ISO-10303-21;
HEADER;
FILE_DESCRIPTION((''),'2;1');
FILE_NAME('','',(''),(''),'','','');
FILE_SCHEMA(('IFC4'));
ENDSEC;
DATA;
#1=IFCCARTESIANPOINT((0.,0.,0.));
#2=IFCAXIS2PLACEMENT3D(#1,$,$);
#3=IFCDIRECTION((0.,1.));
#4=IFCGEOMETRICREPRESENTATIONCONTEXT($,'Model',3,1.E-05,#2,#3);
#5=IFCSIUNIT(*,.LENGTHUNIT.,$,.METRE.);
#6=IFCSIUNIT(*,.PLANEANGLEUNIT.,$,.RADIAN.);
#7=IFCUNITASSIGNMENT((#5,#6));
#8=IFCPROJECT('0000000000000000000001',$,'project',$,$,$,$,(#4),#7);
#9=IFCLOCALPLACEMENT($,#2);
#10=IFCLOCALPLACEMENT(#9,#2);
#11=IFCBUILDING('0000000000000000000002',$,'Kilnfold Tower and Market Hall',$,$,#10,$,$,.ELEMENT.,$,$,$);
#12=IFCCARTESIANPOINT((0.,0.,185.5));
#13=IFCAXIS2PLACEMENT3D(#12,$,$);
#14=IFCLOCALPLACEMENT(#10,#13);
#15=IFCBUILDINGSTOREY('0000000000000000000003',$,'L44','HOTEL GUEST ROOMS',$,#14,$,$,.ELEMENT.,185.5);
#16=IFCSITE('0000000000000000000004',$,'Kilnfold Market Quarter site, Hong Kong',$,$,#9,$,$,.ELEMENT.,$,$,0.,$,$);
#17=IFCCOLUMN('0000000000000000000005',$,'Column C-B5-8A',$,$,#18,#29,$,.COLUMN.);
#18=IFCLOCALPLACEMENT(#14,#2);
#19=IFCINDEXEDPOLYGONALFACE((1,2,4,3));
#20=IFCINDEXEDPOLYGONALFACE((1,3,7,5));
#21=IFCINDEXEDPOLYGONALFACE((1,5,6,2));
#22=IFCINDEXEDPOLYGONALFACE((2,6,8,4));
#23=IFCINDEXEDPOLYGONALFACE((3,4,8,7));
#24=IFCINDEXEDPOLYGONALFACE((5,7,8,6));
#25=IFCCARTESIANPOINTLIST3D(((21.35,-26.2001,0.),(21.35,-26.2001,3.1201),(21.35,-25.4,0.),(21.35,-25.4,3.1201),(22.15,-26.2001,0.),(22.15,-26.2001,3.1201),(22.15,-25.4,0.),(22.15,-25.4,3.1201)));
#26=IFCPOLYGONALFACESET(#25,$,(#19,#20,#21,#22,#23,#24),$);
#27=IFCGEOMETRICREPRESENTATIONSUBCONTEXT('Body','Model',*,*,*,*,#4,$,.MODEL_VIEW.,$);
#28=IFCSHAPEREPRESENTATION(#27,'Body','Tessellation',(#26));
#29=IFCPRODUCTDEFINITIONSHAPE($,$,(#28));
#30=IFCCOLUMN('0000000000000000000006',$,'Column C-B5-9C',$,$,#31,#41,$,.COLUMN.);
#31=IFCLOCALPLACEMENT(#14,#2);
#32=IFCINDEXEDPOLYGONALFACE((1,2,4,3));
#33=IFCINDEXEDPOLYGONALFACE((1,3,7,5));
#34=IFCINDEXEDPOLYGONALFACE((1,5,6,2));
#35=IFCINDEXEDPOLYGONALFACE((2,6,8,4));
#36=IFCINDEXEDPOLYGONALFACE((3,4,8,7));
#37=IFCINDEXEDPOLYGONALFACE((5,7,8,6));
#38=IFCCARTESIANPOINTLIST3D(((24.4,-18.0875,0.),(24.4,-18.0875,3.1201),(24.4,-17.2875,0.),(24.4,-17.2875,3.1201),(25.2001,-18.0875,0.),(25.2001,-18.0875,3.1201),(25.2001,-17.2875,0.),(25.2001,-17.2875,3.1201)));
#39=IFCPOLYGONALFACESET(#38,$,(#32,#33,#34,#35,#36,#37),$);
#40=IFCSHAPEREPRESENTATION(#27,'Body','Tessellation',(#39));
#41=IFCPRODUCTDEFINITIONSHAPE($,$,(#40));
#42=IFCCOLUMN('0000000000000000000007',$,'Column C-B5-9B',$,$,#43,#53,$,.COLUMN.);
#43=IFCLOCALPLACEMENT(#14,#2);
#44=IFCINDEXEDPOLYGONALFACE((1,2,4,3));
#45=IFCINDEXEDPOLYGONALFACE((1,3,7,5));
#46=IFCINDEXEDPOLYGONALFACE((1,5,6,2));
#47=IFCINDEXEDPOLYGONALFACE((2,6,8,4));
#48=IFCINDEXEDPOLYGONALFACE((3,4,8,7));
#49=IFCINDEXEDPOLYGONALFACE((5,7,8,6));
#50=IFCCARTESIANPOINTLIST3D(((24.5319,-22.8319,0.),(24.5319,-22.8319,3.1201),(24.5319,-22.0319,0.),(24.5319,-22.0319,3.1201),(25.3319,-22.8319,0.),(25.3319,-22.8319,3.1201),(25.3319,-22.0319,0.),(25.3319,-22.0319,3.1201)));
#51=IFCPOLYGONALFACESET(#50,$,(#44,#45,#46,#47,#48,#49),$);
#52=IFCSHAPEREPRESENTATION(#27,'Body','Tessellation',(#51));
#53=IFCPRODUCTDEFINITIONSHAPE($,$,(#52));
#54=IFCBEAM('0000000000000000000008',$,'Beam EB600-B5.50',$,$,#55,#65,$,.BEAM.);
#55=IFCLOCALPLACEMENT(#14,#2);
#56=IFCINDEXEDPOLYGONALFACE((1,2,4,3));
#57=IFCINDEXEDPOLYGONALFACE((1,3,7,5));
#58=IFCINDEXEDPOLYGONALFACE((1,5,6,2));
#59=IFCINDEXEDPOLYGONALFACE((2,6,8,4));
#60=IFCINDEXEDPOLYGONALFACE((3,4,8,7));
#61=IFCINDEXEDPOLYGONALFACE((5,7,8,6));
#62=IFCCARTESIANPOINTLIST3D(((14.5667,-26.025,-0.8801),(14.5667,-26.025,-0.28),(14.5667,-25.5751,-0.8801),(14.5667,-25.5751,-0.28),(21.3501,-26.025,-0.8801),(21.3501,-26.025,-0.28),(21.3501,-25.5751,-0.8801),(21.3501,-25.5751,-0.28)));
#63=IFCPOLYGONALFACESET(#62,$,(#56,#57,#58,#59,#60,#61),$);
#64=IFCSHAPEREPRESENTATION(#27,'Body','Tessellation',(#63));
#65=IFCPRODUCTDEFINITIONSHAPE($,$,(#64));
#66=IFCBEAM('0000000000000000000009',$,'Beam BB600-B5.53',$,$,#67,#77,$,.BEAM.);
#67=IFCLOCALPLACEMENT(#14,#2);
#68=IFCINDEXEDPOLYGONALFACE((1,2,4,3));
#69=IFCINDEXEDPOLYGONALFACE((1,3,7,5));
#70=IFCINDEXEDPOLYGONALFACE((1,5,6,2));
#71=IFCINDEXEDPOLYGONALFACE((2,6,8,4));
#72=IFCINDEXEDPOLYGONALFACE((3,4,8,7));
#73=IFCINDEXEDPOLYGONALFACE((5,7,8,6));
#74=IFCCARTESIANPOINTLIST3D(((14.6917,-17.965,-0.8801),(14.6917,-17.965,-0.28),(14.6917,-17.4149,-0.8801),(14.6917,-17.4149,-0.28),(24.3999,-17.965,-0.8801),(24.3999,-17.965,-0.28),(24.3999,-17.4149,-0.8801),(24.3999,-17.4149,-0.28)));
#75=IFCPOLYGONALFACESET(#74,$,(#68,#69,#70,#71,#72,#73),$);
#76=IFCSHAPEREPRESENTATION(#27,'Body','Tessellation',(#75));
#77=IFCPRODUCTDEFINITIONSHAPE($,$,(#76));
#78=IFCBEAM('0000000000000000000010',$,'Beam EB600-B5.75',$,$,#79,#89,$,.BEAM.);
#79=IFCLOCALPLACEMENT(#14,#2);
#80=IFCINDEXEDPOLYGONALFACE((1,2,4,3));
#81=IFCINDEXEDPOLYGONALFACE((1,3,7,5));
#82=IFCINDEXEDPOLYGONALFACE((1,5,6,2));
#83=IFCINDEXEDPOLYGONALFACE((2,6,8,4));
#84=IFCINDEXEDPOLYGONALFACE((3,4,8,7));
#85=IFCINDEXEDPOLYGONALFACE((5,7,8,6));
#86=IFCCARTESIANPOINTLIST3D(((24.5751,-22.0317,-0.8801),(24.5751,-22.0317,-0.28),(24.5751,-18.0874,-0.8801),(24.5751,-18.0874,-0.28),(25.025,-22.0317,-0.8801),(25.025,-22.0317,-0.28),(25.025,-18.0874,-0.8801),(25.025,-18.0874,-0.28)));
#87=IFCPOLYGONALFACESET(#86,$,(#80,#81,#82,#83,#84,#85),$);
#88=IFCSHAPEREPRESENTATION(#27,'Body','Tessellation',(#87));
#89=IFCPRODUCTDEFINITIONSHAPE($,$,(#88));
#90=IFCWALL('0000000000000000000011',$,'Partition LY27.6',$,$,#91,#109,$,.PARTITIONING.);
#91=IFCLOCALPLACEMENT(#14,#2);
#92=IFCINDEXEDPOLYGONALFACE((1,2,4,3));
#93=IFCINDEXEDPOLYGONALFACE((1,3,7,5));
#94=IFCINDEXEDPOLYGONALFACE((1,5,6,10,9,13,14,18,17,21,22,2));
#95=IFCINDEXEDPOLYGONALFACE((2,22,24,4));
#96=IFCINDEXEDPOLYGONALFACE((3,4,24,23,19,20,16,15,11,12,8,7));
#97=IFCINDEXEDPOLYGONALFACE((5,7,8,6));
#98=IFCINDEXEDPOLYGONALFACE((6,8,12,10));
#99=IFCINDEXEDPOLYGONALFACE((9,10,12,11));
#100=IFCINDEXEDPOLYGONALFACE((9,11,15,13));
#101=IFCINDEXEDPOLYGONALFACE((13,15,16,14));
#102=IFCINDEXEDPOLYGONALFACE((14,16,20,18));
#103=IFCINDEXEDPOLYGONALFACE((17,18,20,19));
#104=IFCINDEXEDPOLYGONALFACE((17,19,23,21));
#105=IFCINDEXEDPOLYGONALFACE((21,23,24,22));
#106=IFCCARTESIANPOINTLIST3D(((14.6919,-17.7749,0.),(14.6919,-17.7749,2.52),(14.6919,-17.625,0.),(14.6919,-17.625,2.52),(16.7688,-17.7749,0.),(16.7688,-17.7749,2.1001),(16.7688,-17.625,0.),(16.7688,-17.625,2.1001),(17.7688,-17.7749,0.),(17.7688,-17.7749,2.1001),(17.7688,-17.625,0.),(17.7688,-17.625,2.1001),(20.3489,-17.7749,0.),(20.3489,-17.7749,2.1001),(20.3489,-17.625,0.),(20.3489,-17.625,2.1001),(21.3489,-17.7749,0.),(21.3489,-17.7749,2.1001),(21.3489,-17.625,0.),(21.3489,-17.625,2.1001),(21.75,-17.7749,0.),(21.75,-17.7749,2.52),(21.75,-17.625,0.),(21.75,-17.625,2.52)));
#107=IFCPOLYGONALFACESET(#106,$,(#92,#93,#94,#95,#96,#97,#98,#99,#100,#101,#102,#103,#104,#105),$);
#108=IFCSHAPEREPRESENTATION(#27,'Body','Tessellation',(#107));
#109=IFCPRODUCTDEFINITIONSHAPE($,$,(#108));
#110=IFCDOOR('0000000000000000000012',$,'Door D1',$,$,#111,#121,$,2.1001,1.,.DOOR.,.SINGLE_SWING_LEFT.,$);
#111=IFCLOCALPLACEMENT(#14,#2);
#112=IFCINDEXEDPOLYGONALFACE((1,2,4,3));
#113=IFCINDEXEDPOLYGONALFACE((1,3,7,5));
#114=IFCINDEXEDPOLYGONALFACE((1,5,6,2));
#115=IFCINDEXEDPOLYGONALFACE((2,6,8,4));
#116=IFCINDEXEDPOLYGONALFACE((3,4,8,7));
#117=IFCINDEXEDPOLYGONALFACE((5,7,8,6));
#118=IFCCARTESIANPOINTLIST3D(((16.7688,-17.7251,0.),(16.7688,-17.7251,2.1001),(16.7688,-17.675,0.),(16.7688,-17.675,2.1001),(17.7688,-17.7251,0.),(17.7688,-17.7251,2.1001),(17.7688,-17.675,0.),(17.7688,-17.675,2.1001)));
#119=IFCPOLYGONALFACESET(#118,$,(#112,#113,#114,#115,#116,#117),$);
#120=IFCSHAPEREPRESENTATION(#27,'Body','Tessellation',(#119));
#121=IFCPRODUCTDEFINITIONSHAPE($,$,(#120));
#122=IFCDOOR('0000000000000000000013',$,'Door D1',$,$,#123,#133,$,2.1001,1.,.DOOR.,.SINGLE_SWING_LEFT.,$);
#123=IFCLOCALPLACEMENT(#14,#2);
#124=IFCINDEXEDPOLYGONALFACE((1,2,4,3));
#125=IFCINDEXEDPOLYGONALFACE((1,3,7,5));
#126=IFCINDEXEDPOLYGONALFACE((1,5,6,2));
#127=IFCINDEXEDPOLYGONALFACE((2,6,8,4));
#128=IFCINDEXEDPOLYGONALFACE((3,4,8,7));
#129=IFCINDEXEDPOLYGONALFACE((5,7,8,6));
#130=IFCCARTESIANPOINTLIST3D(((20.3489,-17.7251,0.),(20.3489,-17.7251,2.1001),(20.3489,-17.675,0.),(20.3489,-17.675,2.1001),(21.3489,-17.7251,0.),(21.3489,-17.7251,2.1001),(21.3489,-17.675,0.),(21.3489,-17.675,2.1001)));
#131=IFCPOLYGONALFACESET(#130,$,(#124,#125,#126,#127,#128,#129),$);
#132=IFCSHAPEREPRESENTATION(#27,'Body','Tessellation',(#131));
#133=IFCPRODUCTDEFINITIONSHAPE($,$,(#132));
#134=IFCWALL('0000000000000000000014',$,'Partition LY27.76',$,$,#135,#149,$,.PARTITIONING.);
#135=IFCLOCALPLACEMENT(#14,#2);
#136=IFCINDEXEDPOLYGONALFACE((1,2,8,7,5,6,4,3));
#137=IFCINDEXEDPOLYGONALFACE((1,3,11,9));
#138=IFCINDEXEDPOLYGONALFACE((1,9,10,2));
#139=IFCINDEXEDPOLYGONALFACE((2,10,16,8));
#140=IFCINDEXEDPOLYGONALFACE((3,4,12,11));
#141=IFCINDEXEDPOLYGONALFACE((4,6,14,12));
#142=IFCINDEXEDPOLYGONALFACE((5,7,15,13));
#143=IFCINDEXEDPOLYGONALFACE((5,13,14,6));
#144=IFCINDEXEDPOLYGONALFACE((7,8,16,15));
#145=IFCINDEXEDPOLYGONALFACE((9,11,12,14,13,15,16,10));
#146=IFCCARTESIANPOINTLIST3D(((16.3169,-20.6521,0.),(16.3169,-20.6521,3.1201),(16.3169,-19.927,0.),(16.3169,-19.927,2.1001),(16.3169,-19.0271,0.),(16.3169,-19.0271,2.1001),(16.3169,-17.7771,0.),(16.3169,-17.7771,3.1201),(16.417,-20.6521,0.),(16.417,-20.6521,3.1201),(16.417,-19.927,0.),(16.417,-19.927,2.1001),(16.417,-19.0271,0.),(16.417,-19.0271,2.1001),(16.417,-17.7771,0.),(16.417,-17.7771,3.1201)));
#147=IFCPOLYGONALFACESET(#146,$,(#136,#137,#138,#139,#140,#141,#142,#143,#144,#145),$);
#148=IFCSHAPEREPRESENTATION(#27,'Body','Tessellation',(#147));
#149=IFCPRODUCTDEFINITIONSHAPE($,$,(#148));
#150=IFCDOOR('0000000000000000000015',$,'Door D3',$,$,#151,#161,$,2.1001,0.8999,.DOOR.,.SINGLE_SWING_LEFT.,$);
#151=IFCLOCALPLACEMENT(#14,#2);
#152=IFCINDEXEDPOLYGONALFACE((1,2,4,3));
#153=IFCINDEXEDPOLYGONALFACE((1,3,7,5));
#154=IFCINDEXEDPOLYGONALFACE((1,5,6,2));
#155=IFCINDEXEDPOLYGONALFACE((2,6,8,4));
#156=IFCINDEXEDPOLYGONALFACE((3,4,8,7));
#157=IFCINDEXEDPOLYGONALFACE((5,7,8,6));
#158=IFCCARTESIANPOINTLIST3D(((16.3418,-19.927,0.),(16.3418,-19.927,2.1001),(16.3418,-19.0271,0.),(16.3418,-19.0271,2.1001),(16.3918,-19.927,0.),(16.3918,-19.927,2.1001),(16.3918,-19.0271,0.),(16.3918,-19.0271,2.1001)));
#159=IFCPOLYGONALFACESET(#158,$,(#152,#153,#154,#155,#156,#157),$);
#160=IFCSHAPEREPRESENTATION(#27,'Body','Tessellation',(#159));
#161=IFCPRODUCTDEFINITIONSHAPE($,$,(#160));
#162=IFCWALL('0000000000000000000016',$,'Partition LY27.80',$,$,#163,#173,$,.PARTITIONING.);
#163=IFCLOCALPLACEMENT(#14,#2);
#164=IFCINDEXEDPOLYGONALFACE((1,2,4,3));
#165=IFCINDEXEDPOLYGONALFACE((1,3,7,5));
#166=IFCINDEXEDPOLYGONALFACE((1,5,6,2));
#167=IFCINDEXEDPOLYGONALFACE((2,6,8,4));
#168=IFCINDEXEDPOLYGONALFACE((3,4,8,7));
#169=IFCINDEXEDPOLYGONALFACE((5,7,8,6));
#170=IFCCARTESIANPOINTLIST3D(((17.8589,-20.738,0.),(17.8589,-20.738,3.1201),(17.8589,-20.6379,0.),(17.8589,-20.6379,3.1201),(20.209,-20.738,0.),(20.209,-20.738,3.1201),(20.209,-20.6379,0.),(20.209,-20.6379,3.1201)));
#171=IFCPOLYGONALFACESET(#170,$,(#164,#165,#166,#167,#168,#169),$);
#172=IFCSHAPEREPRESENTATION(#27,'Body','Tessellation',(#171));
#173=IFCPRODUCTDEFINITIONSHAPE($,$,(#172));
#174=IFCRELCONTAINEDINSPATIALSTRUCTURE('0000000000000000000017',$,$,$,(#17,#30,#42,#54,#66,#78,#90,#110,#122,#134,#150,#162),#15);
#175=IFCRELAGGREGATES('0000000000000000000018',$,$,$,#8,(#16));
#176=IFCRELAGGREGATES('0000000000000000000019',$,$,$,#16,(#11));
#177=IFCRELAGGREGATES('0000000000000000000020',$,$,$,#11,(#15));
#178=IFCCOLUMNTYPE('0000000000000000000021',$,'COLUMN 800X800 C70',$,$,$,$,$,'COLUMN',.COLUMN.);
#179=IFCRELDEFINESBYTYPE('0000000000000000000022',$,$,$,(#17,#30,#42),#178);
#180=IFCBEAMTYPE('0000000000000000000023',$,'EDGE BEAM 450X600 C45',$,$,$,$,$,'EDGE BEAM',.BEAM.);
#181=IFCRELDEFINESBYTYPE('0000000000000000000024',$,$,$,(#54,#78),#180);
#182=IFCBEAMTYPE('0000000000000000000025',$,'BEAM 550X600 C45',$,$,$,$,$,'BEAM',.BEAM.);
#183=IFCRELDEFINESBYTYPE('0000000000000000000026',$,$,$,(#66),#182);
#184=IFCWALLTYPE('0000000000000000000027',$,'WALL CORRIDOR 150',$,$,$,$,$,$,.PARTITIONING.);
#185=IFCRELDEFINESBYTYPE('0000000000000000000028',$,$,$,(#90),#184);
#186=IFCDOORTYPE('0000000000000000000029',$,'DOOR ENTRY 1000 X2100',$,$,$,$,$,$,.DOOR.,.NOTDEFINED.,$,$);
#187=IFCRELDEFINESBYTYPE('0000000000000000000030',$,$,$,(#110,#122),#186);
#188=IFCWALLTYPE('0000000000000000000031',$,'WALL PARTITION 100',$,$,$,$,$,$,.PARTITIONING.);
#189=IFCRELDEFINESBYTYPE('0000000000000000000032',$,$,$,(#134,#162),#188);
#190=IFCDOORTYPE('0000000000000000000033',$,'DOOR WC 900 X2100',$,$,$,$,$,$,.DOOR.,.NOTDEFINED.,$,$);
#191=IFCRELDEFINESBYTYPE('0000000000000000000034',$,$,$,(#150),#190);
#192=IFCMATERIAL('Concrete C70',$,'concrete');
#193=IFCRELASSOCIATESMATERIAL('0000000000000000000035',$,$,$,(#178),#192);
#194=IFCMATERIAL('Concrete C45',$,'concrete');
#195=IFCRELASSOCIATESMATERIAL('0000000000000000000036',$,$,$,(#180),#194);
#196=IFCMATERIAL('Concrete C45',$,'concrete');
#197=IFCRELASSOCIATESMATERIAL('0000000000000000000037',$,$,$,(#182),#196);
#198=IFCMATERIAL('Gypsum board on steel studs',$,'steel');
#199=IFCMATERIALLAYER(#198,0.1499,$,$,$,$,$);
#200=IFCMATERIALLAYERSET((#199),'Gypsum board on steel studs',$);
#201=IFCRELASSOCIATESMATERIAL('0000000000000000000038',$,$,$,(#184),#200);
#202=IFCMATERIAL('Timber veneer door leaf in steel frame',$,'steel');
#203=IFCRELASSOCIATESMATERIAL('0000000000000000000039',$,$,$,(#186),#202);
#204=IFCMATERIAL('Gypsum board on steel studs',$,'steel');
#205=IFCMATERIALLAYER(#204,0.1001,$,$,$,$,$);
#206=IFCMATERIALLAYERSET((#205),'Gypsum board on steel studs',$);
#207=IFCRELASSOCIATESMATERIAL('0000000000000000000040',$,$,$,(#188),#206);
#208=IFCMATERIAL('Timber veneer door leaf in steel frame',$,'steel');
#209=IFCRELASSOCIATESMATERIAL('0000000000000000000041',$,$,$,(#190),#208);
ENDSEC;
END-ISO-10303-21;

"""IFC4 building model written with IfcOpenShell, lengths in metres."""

from ifc_helpers import new_model, si_unit, direction, frame, frame_2d, origin, origin_2d, place, context, subcontext, project, spatial, rectangle, extrude, source, transform, mapped, material, layer, layer_set, material_profile, profile_set, type_object, element, fill, save


model = new_model("IFC4")

# Units and contexts
model_context = context("Model", 3, precision=1e-05, world=origin(), true_north=direction((0.0, 1.0)))
body_context = subcontext(model_context, "Body", "Model", "MODEL_VIEW")
ifc_project = project(units=[si_unit("LENGTHUNIT", "METRE"), si_unit("PLANEANGLEUNIT", "RADIAN")], contexts=[model_context])

# Site, building, storey
site_placement = place(None, origin())
site = spatial("IfcSite", under=ifc_project, at=site_placement, Name="Kilnfold Market Quarter site, Hong Kong", CompositionType="ELEMENT", RefElevation=0.0)
building_placement = place(site_placement, origin())
building = spatial("IfcBuilding", under=site, at=building_placement, Name="Kilnfold Tower and Market Hall", CompositionType="ELEMENT")
storey_placement = place(building_placement, frame((0.0, 0.0, 185.5)))
storey = spatial("IfcBuildingStorey", under=building, at=storey_placement, Name="L44", Description="HOTEL GUEST ROOMS", CompositionType="ELEMENT", Elevation=185.5)

# Columns
ifc_material_1 = material(Name="Concrete C70", Category="concrete")
ifc_material_profile_1 = material_profile(ifc_material_1, rectangle(XDim=0.8, YDim=0.8, at=origin_2d()), Name="RC 800x800")
ifc_profile_set_1 = profile_set([ifc_material_profile_1], Name="Concrete C70")
column_type = type_object("IfcColumnType", Name="COLUMN 800X800 C70", ElementType="COLUMN", PredefinedType="COLUMN", material=ifc_profile_set_1)
shared_shape_1 = source(origin(), body_context, "Body", "SweptSolid", [
    extrude(rectangle(XDim=0.8, YDim=0.8, at=origin_2d()), origin(), (0.0, 0.0, 1.0), 3.1201),
])
for number, where, z_axis, x_axis, name in (
    (1, (21.75, -25.8, 0.0), (0.0, 0.0, 1.0), (1.0, 0.0, 0.0), "Column C-B5-8A"),
    (2, (24.8, -17.6875, 0.0), (0.0, 0.0, 1.0), (1.0, 0.0, 0.0), "Column C-B5-9C"),
    (3, (24.9319, -22.4319, 0.0), (0.0, 0.0, 1.0), (1.0, 0.0, 0.0), "Column C-B5-9B"),
):
    element("IfcColumn", number, at=place(storey_placement, frame(where, z_axis=z_axis, x_axis=x_axis)), inside=storey, type_object=column_type, Name=name, PredefinedType="COLUMN", context=body_context, shape_type="MappedRepresentation", body=[
        mapped(shared_shape_1, transform((0.0, 0.0, 0.0))),
    ])

# Beams
ifc_material_2 = material(Name="Concrete C45", Category="concrete")
ifc_material_profile_2 = material_profile(ifc_material_2, rectangle(XDim=0.45, YDim=0.6001, at=origin_2d()), Name="RC 450x600")
ifc_profile_set_2 = profile_set([ifc_material_profile_2], Name="Concrete C45")
beam_type_1 = type_object("IfcBeamType", Name="EDGE BEAM 450X600 C45", ElementType="EDGE BEAM", PredefinedType="BEAM", material=ifc_profile_set_2)
shared_shape_2 = source(origin(), body_context, "Body", "SweptSolid", [
    extrude(rectangle(XDim=0.45, YDim=0.6001, at=origin_2d()), origin(), (0.0, 0.0, 1.0), 6.7834),
])
beam_1_placement = place(storey_placement, frame((14.5667, -25.8, -0.5801), z_axis=(1.0, 0.0, 0.0), x_axis=(0.0, 1.0, 0.0)))
element("IfcBeam", 4, at=beam_1_placement, inside=storey, type_object=beam_type_1, Name="Beam EB600-B5.50", PredefinedType="BEAM", context=body_context, shape_type="MappedRepresentation", body=[
    mapped(shared_shape_2, transform((0.0, 0.0, 0.0))),
])
ifc_material_3 = material(Name="Concrete C45", Category="concrete")
ifc_material_profile_3 = material_profile(ifc_material_3, rectangle(XDim=0.55, YDim=0.6001, at=origin_2d()), Name="RC 550x600")
ifc_profile_set_3 = profile_set([ifc_material_profile_3], Name="Concrete C45")
beam_type_2 = type_object("IfcBeamType", Name="BEAM 550X600 C45", ElementType="BEAM", PredefinedType="BEAM", material=ifc_profile_set_3)
shared_shape_3 = source(origin(), body_context, "Body", "SweptSolid", [
    extrude(rectangle(XDim=0.55, YDim=0.6001, at=origin_2d()), origin(), (0.0, 0.0, 1.0), 9.7083),
])
beam_2_placement = place(storey_placement, frame((14.6917, -17.6899, -0.5801), z_axis=(1.0, 0.0, 0.0), x_axis=(0.0, 1.0, 0.0)))
element("IfcBeam", 5, at=beam_2_placement, inside=storey, type_object=beam_type_2, Name="Beam BB600-B5.53", PredefinedType="BEAM", context=body_context, shape_type="MappedRepresentation", body=[
    mapped(shared_shape_3, transform((0.0, 0.0, 0.0))),
])
shared_shape_4 = source(origin(), body_context, "Body", "SweptSolid", [
    extrude(rectangle(XDim=0.45, YDim=0.6001, at=origin_2d()), origin(), (0.0, 0.0, 1.0), 3.9443),
])
beam_3_placement = place(storey_placement, frame((24.8, -22.0317, -0.5801), z_axis=(0.0, 1.0, 0.0), x_axis=(-1.0, 0.0, 0.0)))
element("IfcBeam", 6, at=beam_3_placement, inside=storey, type_object=beam_type_1, Name="Beam EB600-B5.75", PredefinedType="BEAM", context=body_context, shape_type="MappedRepresentation", body=[
    mapped(shared_shape_4, transform((0.0, 0.0, 0.0))),
])

# Wall, openings, doors
ifc_material_4 = material(Name="Gypsum board on steel studs", Category="steel")
ifc_layer_1 = layer(ifc_material_4, 0.1499)
ifc_layer_set_1 = layer_set([ifc_layer_1], Name="Gypsum board on steel studs")
wall_type_1 = type_object("IfcWallType", Name="WALL CORRIDOR 150", PredefinedType="PARTITIONING", material=ifc_layer_set_1)
wall_1_placement = place(storey_placement, frame((14.6919, -17.7, 0.0), z_axis=(0.0, 0.0, 1.0), x_axis=(1.0, 0.0, 0.0)))
wall_1 = element("IfcWall", 7, at=wall_1_placement, inside=storey, type_object=wall_type_1, Name="Partition LY27.6", PredefinedType="PARTITIONING", context=body_context, shape_type="SweptSolid", body=[
    extrude(rectangle(XDim=7.0581, YDim=0.1499, at=frame_2d((3.5291, 0.0))), origin(), (0.0, 0.0, 1.0), 2.52),
])
opening_1_placement = place(wall_1_placement, frame((2.0769, 0.0, 0.0)))
opening_1 = element("IfcOpeningElement", 8, at=opening_1_placement, cuts=wall_1, PredefinedType="OPENING", context=body_context, shape_type="SweptSolid", body=[
    extrude(rectangle(XDim=1.0, YDim=2.1001, at=frame_2d((0.5, 1.05))), frame((0.0, 0.085, 0.0), z_axis=(0.0, -1.0, 0.0), x_axis=(1.0, 0.0, 0.0)), (0.0, 0.0, 1.0), 0.1699),
])
opening_2_placement = place(wall_1_placement, frame((5.657, 0.0, 0.0)))
opening_2 = element("IfcOpeningElement", 9, at=opening_2_placement, cuts=wall_1, PredefinedType="OPENING", context=body_context, shape_type="SweptSolid", body=[
    extrude(rectangle(XDim=1.0, YDim=2.1001, at=frame_2d((0.5, 1.05))), frame((0.0, 0.085, 0.0), z_axis=(0.0, -1.0, 0.0), x_axis=(1.0, 0.0, 0.0)), (0.0, 0.0, 1.0), 0.1699),
])
ifc_material_5 = material(Name="Timber veneer door leaf in steel frame", Category="steel")
door_type_1 = type_object("IfcDoorType", Name="DOOR ENTRY 1000 X2100", OperationType="NOTDEFINED", PredefinedType="DOOR", material=ifc_material_5)
door_1_placement = place(opening_1_placement, origin())
door_1 = element("IfcDoor", 10, at=door_1_placement, inside=storey, type_object=door_type_1, Name="Door D1", OperationType="SINGLE_SWING_LEFT", OverallHeight=2.1001, OverallWidth=1.0, PredefinedType="DOOR", context=body_context, shape_type="SweptSolid", body=[
    extrude(rectangle(XDim=1.0, YDim=2.1001, at=frame_2d((0.5, 1.05))), frame((0.0, 0.0249, 0.0), z_axis=(0.0, -1.0, 0.0), x_axis=(1.0, 0.0, 0.0)), (0.0, 0.0, 1.0), 0.05),
])
fill(opening_1, door_1)
door_2_placement = place(opening_2_placement, origin())
door_2 = element("IfcDoor", 11, at=door_2_placement, inside=storey, type_object=door_type_1, Name="Door D1", OperationType="SINGLE_SWING_LEFT", OverallHeight=2.1001, OverallWidth=1.0, PredefinedType="DOOR", context=body_context, shape_type="SweptSolid", body=[
    extrude(rectangle(XDim=1.0, YDim=2.1001, at=frame_2d((0.5, 1.05))), frame((0.0, 0.0249, 0.0), z_axis=(0.0, -1.0, 0.0), x_axis=(1.0, 0.0, 0.0)), (0.0, 0.0, 1.0), 0.05),
])
fill(opening_2, door_2)

# Wall, opening, door
ifc_material_6 = material(Name="Gypsum board on steel studs", Category="steel")
ifc_layer_2 = layer(ifc_material_6, 0.1001)
ifc_layer_set_2 = layer_set([ifc_layer_2], Name="Gypsum board on steel studs")
wall_type_2 = type_object("IfcWallType", Name="WALL PARTITION 100", PredefinedType="PARTITIONING", material=ifc_layer_set_2)
wall_2_placement = place(storey_placement, frame((16.3669, -17.7771, 0.0), z_axis=(0.0, 0.0, 1.0), x_axis=(0.0, -1.0, 0.0)))
wall_2 = element("IfcWall", 12, at=wall_2_placement, inside=storey, type_object=wall_type_2, Name="Partition LY27.76", PredefinedType="PARTITIONING", context=body_context, shape_type="SweptSolid", body=[
    extrude(rectangle(XDim=2.875, YDim=0.1001, at=frame_2d((1.4375, 0.0))), origin(), (0.0, 0.0, 1.0), 3.1201),
])
opening_3_placement = place(wall_2_placement, frame((1.25, 0.0, 0.0)))
opening_3 = element("IfcOpeningElement", 13, at=opening_3_placement, cuts=wall_2, PredefinedType="OPENING", context=body_context, shape_type="SweptSolid", body=[
    extrude(rectangle(XDim=0.8999, YDim=2.1001, at=frame_2d((0.45, 1.05))), frame((0.0, 0.0601, 0.0), z_axis=(0.0, -1.0, 0.0), x_axis=(1.0, 0.0, 0.0)), (0.0, 0.0, 1.0), 0.1201),
])
ifc_material_7 = material(Name="Timber veneer door leaf in steel frame", Category="steel")
door_type_2 = type_object("IfcDoorType", Name="DOOR WC 900 X2100", OperationType="NOTDEFINED", PredefinedType="DOOR", material=ifc_material_7)
door_3_placement = place(opening_3_placement, origin())
door_3 = element("IfcDoor", 14, at=door_3_placement, inside=storey, type_object=door_type_2, Name="Door D3", OperationType="SINGLE_SWING_LEFT", OverallHeight=2.1001, OverallWidth=0.8999, PredefinedType="DOOR", context=body_context, shape_type="SweptSolid", body=[
    extrude(rectangle(XDim=0.8999, YDim=2.1001, at=frame_2d((0.45, 1.05))), frame((0.0, 0.0249, 0.0), z_axis=(0.0, -1.0, 0.0), x_axis=(1.0, 0.0, 0.0)), (0.0, 0.0, 1.0), 0.05),
])
fill(opening_3, door_3)

# Wall
wall_3_placement = place(storey_placement, frame((17.8589, -20.688, 0.0), z_axis=(0.0, 0.0, 1.0), x_axis=(1.0, 0.0, 0.0)))
element("IfcWall", 15, at=wall_3_placement, inside=storey, type_object=wall_type_2, Name="Partition LY27.80", PredefinedType="PARTITIONING", context=body_context, shape_type="SweptSolid", body=[
    extrude(rectangle(XDim=2.3501, YDim=0.1001, at=frame_2d((1.175, 0.0))), origin(), (0.0, 0.0, 1.0), 3.1201),
])

save(model, "model.ifc")
